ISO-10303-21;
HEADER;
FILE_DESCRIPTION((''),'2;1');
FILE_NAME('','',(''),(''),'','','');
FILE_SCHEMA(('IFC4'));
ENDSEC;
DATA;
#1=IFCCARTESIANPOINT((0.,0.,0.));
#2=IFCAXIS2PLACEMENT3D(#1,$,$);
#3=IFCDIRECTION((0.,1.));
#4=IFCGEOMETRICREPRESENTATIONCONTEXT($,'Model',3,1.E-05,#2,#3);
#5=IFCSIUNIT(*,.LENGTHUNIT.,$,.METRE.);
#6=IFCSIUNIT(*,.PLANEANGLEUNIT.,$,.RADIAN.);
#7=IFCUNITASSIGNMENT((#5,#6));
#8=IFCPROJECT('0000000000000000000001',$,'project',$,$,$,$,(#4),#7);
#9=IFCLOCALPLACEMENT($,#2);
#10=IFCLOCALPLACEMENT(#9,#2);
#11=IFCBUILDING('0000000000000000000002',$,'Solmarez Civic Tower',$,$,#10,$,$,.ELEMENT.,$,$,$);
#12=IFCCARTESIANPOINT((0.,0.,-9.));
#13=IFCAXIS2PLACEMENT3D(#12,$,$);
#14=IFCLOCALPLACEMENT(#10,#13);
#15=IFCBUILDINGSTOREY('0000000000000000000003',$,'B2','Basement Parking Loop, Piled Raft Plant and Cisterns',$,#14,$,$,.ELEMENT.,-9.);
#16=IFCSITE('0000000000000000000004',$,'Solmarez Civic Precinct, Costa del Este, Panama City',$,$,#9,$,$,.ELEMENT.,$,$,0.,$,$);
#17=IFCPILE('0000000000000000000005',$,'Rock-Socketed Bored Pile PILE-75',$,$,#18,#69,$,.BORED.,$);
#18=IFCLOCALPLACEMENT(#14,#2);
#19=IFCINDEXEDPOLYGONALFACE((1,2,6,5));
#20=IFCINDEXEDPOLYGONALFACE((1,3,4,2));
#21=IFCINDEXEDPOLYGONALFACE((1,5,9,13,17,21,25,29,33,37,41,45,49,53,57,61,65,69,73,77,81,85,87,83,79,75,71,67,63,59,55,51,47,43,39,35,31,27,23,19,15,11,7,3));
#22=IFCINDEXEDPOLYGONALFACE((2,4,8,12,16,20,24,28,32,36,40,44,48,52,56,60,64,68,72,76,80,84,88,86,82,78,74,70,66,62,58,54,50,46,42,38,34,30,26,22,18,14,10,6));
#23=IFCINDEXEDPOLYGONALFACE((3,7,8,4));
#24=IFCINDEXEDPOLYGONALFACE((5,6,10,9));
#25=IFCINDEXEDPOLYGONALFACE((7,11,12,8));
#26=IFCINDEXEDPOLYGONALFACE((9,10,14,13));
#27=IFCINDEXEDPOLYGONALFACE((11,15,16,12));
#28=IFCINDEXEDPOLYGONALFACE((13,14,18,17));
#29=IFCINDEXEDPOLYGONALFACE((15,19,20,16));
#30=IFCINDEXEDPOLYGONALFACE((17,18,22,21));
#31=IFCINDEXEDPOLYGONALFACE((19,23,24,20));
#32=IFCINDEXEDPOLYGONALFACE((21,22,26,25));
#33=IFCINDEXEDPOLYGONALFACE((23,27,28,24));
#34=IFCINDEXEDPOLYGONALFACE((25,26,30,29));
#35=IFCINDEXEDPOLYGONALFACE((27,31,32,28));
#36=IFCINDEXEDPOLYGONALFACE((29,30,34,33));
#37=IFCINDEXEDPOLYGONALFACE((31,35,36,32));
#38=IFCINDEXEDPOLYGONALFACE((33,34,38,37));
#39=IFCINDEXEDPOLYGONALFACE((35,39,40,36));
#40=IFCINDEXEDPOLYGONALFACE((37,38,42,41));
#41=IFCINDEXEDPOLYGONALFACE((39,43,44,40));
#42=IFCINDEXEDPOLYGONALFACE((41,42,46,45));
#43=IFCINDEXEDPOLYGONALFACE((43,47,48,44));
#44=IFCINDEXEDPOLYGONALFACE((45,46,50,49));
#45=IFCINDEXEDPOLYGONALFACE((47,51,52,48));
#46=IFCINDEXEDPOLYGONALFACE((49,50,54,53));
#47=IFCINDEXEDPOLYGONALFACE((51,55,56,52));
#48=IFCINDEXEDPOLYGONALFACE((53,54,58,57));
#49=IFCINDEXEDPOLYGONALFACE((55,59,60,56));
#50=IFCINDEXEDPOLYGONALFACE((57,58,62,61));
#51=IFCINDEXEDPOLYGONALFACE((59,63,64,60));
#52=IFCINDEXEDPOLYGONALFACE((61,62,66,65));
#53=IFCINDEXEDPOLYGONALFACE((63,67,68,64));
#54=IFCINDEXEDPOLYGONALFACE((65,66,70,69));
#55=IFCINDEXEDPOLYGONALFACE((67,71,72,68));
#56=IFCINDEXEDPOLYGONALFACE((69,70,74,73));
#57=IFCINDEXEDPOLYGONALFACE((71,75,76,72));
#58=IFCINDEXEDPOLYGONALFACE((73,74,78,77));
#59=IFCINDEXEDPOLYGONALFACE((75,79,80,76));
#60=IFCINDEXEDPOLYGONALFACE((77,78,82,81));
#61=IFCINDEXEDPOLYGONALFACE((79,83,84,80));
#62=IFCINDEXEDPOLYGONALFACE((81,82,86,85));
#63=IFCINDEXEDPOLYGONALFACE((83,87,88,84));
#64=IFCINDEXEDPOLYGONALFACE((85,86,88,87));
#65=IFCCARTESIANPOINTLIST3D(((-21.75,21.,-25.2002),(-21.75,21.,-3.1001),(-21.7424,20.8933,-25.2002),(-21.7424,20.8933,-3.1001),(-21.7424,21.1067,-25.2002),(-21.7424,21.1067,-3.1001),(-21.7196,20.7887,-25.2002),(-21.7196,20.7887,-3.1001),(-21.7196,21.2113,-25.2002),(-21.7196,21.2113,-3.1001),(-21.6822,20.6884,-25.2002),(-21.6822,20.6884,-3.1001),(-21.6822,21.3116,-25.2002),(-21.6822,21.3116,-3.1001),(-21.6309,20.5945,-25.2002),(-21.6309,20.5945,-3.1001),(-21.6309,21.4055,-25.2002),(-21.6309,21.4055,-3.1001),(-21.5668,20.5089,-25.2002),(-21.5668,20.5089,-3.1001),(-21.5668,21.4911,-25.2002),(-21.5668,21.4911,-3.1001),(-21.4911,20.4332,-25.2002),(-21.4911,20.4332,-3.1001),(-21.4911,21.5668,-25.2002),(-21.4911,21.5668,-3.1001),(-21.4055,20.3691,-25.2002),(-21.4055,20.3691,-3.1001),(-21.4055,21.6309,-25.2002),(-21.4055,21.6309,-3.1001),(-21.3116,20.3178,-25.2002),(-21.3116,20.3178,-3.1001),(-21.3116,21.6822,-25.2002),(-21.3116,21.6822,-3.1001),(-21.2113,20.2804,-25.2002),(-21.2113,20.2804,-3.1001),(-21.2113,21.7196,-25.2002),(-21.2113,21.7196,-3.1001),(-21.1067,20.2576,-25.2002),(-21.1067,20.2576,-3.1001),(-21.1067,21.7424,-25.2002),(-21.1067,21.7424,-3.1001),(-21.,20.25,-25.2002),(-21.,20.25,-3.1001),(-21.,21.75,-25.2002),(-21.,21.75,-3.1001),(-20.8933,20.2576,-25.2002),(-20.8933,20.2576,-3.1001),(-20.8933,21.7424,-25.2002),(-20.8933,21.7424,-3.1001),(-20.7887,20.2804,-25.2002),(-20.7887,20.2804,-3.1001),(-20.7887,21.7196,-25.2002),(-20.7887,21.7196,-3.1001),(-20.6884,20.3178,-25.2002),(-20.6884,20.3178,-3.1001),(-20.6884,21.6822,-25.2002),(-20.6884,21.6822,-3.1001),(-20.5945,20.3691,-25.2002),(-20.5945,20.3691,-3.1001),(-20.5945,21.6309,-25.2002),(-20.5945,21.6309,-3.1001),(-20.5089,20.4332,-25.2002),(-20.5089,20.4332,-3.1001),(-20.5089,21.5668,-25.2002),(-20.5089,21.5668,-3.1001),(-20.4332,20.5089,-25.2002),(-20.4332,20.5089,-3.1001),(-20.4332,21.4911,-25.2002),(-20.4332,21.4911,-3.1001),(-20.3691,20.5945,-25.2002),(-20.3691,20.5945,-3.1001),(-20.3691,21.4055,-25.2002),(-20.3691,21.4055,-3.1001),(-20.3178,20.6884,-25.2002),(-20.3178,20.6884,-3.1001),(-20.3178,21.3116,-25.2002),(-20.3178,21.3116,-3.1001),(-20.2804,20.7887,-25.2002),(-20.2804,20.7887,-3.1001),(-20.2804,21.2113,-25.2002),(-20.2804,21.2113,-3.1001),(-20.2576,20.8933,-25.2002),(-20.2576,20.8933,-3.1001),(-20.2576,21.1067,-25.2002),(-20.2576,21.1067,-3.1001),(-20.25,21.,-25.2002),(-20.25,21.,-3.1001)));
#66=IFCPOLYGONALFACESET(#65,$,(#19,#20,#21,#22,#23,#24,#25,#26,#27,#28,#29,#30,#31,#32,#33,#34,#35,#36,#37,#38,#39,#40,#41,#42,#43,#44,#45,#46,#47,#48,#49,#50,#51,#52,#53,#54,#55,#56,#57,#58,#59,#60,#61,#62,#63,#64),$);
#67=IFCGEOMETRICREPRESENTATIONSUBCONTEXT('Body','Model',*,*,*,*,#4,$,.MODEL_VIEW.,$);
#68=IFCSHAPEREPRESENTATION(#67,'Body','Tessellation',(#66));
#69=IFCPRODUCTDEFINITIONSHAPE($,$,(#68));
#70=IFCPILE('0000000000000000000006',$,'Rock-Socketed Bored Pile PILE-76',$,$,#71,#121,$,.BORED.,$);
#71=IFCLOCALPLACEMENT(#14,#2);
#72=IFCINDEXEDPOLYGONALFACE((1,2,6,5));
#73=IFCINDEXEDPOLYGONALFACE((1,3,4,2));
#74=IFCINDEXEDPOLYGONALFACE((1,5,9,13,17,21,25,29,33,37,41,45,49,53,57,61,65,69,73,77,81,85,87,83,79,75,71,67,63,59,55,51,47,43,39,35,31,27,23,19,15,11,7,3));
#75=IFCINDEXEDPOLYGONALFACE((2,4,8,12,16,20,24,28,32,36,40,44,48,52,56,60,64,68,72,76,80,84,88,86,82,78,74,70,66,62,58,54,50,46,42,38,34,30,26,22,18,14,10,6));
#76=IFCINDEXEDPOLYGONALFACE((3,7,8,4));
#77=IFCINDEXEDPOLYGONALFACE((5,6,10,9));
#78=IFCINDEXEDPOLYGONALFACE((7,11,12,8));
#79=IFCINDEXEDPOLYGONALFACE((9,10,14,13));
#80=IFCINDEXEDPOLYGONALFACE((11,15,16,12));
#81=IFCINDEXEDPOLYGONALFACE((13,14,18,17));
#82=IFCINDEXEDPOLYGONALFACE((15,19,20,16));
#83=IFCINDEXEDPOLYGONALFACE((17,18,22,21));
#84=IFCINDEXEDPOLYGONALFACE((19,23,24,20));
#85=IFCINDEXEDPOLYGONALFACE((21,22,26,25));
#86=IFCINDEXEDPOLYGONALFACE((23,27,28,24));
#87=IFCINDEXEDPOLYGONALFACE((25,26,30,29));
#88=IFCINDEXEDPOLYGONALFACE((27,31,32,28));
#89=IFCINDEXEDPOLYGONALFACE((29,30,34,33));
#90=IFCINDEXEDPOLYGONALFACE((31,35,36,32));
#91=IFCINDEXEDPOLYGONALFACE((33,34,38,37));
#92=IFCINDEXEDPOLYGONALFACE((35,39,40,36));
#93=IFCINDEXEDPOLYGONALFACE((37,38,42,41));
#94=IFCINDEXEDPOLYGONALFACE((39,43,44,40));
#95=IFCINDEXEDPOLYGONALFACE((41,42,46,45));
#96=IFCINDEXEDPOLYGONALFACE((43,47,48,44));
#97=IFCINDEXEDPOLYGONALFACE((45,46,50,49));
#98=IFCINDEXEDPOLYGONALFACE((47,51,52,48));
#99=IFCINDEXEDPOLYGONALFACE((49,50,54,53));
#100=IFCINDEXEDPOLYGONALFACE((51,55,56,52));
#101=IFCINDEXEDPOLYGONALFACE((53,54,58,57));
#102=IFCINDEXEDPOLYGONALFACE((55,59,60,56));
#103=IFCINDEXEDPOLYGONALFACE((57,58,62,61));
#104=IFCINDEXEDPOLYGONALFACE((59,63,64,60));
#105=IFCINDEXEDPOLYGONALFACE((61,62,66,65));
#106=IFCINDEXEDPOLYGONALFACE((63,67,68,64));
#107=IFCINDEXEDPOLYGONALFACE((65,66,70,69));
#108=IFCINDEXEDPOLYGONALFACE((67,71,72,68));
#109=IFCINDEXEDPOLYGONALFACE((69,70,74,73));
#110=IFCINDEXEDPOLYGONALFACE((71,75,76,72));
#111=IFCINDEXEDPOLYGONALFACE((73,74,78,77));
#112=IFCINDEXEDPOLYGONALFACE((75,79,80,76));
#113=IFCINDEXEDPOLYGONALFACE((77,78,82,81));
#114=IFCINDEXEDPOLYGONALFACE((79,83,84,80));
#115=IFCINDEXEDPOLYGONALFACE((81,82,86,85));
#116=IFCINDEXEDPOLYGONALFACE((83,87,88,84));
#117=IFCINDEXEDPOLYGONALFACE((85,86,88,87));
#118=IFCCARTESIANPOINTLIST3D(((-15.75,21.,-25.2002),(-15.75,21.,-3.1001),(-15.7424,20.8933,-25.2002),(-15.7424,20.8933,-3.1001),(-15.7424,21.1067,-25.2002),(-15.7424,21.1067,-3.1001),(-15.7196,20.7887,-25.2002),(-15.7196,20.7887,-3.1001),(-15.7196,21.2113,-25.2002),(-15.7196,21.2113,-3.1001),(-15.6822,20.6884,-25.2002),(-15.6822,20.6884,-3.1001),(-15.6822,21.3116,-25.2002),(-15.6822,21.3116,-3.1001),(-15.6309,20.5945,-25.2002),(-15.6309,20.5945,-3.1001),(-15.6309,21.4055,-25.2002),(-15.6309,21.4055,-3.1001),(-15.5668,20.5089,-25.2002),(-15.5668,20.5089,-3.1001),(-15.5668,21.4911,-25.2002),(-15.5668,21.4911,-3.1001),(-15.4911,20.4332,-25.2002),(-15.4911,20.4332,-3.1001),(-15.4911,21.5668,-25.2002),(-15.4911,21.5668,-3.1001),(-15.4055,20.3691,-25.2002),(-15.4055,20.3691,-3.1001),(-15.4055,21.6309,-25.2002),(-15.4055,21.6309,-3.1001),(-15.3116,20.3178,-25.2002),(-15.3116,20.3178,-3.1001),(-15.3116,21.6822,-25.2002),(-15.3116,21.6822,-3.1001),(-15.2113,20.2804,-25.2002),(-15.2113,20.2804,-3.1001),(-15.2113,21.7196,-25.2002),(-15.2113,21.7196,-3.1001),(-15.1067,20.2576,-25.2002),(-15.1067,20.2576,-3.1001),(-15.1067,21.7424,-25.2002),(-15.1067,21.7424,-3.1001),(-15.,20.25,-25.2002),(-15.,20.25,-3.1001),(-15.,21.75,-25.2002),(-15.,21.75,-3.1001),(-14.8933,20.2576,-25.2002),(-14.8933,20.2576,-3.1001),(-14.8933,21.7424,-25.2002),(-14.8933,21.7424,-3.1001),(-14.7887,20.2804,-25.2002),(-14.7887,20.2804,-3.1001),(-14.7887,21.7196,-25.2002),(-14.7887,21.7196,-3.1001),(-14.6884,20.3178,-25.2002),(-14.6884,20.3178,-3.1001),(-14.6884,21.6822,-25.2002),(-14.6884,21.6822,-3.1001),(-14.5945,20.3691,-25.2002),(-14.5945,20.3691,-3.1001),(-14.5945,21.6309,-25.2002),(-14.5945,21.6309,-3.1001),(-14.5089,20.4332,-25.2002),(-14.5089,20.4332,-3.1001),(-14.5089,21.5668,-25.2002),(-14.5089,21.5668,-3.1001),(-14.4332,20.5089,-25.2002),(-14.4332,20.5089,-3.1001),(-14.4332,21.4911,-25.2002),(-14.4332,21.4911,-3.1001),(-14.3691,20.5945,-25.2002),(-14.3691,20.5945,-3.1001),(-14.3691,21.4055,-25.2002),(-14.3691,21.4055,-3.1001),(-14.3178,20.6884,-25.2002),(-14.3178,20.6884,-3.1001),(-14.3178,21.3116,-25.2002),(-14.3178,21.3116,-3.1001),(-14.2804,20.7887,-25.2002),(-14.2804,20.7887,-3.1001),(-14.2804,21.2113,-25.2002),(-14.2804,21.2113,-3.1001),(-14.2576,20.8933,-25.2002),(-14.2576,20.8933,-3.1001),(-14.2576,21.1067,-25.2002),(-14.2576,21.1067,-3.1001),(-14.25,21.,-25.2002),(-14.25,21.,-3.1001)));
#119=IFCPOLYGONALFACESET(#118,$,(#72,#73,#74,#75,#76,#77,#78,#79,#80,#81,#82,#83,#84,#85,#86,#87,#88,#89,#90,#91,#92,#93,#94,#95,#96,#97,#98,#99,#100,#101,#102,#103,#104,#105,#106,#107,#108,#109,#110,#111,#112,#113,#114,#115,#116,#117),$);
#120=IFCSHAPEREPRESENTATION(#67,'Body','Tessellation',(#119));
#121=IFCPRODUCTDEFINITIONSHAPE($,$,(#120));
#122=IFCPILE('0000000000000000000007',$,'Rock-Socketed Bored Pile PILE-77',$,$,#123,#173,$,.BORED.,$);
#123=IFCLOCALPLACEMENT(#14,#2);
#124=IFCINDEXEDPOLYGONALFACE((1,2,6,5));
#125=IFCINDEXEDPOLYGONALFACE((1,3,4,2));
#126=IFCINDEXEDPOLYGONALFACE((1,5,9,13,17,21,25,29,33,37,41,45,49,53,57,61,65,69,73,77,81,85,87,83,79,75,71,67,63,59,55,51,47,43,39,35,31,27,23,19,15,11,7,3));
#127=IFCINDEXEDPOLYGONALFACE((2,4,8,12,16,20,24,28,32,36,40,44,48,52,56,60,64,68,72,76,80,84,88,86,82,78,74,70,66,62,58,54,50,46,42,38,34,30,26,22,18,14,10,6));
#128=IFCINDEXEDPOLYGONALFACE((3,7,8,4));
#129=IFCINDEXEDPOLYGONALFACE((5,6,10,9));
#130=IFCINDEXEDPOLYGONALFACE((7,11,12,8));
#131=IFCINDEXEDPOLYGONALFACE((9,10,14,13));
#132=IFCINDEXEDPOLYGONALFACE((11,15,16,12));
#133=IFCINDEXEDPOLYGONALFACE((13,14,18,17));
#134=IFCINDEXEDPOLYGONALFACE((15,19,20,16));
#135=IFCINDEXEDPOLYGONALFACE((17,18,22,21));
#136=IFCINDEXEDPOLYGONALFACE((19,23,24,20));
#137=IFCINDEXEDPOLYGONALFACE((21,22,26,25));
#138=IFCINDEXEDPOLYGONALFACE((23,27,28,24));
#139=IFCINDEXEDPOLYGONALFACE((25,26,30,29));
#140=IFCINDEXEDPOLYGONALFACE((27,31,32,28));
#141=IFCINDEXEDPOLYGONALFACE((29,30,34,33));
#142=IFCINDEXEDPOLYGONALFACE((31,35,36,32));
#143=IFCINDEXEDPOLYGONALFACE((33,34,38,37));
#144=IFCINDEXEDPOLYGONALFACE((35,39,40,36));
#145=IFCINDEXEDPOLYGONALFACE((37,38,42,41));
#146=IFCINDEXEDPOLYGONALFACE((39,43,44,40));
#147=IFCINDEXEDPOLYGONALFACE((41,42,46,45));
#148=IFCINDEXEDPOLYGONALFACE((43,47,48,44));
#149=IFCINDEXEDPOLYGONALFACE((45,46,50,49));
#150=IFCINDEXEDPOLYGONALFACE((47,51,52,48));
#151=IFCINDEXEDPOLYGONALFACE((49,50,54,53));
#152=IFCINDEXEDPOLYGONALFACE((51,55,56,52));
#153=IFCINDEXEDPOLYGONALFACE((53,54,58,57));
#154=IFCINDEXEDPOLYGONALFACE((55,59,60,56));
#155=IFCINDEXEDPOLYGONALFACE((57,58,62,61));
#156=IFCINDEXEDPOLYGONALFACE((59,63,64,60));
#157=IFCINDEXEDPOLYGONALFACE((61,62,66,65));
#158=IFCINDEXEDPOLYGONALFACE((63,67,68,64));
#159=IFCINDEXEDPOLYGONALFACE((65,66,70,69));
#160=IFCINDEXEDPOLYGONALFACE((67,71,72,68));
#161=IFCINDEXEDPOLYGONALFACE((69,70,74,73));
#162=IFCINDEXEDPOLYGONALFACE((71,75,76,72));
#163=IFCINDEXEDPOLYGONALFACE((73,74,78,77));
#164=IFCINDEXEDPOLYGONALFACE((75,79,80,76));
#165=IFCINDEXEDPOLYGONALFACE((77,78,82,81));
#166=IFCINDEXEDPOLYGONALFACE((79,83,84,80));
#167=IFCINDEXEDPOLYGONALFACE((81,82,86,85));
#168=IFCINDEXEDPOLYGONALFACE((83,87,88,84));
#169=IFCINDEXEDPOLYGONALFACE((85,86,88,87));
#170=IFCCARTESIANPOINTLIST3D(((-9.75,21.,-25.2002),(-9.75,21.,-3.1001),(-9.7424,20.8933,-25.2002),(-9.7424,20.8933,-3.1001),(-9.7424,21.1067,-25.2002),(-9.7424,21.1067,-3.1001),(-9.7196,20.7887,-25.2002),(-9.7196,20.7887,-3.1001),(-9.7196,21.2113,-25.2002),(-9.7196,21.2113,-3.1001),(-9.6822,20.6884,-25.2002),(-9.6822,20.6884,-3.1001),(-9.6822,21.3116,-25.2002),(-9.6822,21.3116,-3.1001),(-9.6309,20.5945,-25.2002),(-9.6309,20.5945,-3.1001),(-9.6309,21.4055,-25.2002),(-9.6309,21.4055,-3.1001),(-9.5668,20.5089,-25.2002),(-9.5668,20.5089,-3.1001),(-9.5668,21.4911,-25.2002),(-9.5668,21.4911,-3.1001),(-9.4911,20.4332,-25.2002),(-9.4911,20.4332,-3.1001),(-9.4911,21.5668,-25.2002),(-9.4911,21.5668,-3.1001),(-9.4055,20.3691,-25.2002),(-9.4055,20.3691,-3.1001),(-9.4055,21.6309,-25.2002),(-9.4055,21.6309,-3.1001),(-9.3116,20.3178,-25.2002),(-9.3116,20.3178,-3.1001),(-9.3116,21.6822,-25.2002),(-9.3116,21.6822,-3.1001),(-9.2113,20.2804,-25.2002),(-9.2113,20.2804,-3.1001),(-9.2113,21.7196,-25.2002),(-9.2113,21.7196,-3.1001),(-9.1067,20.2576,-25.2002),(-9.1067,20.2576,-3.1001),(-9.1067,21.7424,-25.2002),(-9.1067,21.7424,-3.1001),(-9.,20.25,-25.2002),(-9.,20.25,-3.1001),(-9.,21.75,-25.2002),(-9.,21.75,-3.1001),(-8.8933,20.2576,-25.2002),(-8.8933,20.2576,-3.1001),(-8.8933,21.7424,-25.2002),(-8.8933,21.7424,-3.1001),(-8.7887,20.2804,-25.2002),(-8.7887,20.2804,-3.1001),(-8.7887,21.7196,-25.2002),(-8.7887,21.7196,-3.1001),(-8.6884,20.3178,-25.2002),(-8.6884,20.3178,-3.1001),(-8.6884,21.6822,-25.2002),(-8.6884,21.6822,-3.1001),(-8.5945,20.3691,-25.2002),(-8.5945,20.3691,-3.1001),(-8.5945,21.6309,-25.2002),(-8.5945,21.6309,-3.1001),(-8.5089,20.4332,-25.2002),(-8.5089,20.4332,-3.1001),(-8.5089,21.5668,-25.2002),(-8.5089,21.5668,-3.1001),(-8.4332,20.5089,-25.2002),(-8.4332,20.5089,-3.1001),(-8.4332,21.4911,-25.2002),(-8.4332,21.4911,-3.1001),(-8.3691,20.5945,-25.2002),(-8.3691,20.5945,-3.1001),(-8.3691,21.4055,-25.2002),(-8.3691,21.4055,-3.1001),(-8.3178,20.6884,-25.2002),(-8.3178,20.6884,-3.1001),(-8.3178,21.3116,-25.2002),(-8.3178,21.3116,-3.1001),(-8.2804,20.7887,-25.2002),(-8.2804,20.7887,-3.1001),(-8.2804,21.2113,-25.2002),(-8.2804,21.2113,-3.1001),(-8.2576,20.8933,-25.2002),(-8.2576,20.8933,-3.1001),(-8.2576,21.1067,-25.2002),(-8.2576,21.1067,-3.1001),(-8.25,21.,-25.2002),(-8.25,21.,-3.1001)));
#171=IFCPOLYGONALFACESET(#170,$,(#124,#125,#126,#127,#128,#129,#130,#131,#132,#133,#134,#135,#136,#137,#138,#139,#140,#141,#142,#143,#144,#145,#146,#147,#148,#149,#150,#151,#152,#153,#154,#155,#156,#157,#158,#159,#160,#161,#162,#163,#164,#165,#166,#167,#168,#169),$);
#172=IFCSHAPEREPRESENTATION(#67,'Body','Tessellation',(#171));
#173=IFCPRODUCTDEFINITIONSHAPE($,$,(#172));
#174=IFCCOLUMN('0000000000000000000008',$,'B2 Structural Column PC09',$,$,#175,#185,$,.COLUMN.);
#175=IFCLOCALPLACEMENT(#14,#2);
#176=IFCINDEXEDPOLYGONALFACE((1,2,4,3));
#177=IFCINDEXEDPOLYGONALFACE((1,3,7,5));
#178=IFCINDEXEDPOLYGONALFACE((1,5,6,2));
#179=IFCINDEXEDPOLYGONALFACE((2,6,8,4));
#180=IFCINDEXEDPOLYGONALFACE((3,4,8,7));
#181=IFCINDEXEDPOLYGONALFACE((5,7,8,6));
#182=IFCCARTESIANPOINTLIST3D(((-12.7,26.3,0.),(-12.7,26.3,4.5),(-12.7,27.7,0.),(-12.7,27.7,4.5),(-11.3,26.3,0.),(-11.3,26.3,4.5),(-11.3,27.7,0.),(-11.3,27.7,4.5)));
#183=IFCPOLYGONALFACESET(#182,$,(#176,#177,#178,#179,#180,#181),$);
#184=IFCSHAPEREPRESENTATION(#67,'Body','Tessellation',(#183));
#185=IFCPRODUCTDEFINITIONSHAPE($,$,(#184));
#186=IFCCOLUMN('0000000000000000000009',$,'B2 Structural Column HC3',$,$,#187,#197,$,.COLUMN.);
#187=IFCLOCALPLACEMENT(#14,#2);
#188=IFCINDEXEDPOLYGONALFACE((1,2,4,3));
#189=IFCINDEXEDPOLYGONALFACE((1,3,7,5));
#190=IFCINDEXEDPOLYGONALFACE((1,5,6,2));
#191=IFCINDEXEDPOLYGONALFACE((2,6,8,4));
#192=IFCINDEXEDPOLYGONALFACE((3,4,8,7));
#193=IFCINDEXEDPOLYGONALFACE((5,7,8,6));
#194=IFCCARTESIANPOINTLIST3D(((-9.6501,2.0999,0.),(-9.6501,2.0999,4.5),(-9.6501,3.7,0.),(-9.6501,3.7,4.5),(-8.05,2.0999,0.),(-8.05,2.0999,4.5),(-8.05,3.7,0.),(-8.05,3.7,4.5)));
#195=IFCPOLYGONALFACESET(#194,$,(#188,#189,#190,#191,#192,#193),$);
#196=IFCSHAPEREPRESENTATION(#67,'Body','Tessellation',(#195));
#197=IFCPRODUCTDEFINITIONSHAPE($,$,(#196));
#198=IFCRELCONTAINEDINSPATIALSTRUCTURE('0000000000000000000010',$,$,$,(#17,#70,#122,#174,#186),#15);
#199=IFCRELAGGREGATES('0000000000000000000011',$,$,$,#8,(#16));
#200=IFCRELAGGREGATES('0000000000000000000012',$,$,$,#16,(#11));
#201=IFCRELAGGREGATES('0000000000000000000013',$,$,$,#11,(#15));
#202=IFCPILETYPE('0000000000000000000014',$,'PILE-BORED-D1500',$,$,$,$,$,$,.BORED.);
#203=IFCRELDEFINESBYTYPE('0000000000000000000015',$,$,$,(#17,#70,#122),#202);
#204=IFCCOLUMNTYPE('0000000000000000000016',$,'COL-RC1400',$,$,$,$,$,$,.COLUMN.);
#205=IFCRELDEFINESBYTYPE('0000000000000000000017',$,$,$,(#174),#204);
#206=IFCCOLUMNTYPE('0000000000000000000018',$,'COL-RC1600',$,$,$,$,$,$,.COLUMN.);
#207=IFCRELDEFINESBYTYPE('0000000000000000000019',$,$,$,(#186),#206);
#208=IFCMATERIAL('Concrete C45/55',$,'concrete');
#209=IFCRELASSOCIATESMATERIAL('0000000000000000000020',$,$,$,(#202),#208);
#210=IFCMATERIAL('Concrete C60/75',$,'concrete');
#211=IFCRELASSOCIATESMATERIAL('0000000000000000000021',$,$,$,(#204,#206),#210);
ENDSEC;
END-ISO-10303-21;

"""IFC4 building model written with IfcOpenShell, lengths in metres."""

from ifc_helpers import new_model, si_unit, direction, frame, origin, origin_2d, place, context, subcontext, project, spatial, rectangle, circle, extrude, material, material_profile, profile_set, type_object, element, save


model = new_model("IFC4")

# Units and contexts
model_context = context("Model", 3, precision=1e-05, world=origin(), true_north=direction((0.0, 1.0)))
body_context = subcontext(model_context, "Body", "Model", "MODEL_VIEW")
ifc_project = project(units=[si_unit("LENGTHUNIT", "METRE"), si_unit("PLANEANGLEUNIT", "RADIAN")], contexts=[model_context])

# Site, building, storey
site_placement = place(None, origin())
site = spatial("IfcSite", under=ifc_project, at=site_placement, Name="Solmarez Civic Precinct, Costa del Este, Panama City", CompositionType="ELEMENT", RefElevation=0.0)
building_placement = place(site_placement, origin())
building = spatial("IfcBuilding", under=site, at=building_placement, Name="Solmarez Civic Tower", CompositionType="ELEMENT")
storey_placement = place(building_placement, frame((0.0, 0.0, -9.0)))
storey = spatial("IfcBuildingStorey", under=building, at=storey_placement, Name="B2", Description="Basement Parking Loop, Piled Raft Plant and Cisterns", CompositionType="ELEMENT", Elevation=-9.0)

# Piles
ifc_material_1 = material(Name="Concrete C45/55", Category="concrete")
ifc_material_profile_1 = material_profile(ifc_material_1, circle(Radius=0.75, at=origin_2d()), Name="PILE-D1500")
ifc_profile_set_1 = profile_set([ifc_material_profile_1], Name="Concrete C45/55")
pile_type = type_object("IfcPileType", Name="PILE-BORED-D1500", PredefinedType="BORED", material=ifc_profile_set_1)
for number, where, z_axis, x_axis, name in (
    (1, (-21.0, 21.0, -3.1001), (0.0, 0.0, -1.0), (1.0, 0.0, 0.0), "Rock-Socketed Bored Pile PILE-75"),
    (2, (-15.0, 21.0, -3.1001), (0.0, 0.0, -1.0), (1.0, 0.0, 0.0), "Rock-Socketed Bored Pile PILE-76"),
    (3, (-9.0, 21.0, -3.1001), (0.0, 0.0, -1.0), (1.0, 0.0, 0.0), "Rock-Socketed Bored Pile PILE-77"),
):
    element("IfcPile", number, at=place(storey_placement, frame(where, z_axis=z_axis, x_axis=x_axis)), inside=storey, type_object=pile_type, Name=name, PredefinedType="BORED", context=body_context, shape_type="SweptSolid", body=[
        extrude(circle(Radius=0.75, at=origin_2d()), origin(), (0.0, 0.0, 1.0), 22.1001),
    ])

# Columns
ifc_material_2 = material(Name="Concrete C60/75", Category="concrete")
ifc_material_profile_2 = material_profile(ifc_material_2, rectangle(XDim=1.3999, YDim=1.3999, at=origin_2d()), Name="RC1400X1400")
ifc_profile_set_2 = profile_set([ifc_material_profile_2], Name="Concrete C60/75")
column_type_1 = type_object("IfcColumnType", Name="COL-RC1400", PredefinedType="COLUMN", material=ifc_profile_set_2)
column_1_placement = place(storey_placement, frame((-12.0, 27.0, 0.0), z_axis=(0.0, 0.0, 1.0), x_axis=(1.0, 0.0, 0.0)))
element("IfcColumn", 4, at=column_1_placement, inside=storey, type_object=column_type_1, Name="B2 Structural Column PC09", PredefinedType="COLUMN", context=body_context, shape_type="SweptSolid", body=[
    extrude(rectangle(XDim=1.3999, YDim=1.3999, at=origin_2d()), origin(), (0.0, 0.0, 1.0), 4.5),
])
ifc_material_profile_3 = material_profile(ifc_material_2, rectangle(XDim=1.6001, YDim=1.6001, at=origin_2d()), Name="RC1600X1600")
ifc_profile_set_3 = profile_set([ifc_material_profile_3], Name="Concrete C60/75")
column_type_2 = type_object("IfcColumnType", Name="COL-RC1600", PredefinedType="COLUMN", material=ifc_profile_set_3)
column_2_placement = place(storey_placement, frame((-8.8501, 2.8999, 0.0), z_axis=(0.0, 0.0, 1.0), x_axis=(1.0, 0.0, 0.0)))
element("IfcColumn", 5, at=column_2_placement, inside=storey, type_object=column_type_2, Name="B2 Structural Column HC3", PredefinedType="COLUMN", context=body_context, shape_type="SweptSolid", body=[
    extrude(rectangle(XDim=1.6001, YDim=1.6001, at=origin_2d()), origin(), (0.0, 0.0, 1.0), 4.5),
])

save(model, "model.ifc")
